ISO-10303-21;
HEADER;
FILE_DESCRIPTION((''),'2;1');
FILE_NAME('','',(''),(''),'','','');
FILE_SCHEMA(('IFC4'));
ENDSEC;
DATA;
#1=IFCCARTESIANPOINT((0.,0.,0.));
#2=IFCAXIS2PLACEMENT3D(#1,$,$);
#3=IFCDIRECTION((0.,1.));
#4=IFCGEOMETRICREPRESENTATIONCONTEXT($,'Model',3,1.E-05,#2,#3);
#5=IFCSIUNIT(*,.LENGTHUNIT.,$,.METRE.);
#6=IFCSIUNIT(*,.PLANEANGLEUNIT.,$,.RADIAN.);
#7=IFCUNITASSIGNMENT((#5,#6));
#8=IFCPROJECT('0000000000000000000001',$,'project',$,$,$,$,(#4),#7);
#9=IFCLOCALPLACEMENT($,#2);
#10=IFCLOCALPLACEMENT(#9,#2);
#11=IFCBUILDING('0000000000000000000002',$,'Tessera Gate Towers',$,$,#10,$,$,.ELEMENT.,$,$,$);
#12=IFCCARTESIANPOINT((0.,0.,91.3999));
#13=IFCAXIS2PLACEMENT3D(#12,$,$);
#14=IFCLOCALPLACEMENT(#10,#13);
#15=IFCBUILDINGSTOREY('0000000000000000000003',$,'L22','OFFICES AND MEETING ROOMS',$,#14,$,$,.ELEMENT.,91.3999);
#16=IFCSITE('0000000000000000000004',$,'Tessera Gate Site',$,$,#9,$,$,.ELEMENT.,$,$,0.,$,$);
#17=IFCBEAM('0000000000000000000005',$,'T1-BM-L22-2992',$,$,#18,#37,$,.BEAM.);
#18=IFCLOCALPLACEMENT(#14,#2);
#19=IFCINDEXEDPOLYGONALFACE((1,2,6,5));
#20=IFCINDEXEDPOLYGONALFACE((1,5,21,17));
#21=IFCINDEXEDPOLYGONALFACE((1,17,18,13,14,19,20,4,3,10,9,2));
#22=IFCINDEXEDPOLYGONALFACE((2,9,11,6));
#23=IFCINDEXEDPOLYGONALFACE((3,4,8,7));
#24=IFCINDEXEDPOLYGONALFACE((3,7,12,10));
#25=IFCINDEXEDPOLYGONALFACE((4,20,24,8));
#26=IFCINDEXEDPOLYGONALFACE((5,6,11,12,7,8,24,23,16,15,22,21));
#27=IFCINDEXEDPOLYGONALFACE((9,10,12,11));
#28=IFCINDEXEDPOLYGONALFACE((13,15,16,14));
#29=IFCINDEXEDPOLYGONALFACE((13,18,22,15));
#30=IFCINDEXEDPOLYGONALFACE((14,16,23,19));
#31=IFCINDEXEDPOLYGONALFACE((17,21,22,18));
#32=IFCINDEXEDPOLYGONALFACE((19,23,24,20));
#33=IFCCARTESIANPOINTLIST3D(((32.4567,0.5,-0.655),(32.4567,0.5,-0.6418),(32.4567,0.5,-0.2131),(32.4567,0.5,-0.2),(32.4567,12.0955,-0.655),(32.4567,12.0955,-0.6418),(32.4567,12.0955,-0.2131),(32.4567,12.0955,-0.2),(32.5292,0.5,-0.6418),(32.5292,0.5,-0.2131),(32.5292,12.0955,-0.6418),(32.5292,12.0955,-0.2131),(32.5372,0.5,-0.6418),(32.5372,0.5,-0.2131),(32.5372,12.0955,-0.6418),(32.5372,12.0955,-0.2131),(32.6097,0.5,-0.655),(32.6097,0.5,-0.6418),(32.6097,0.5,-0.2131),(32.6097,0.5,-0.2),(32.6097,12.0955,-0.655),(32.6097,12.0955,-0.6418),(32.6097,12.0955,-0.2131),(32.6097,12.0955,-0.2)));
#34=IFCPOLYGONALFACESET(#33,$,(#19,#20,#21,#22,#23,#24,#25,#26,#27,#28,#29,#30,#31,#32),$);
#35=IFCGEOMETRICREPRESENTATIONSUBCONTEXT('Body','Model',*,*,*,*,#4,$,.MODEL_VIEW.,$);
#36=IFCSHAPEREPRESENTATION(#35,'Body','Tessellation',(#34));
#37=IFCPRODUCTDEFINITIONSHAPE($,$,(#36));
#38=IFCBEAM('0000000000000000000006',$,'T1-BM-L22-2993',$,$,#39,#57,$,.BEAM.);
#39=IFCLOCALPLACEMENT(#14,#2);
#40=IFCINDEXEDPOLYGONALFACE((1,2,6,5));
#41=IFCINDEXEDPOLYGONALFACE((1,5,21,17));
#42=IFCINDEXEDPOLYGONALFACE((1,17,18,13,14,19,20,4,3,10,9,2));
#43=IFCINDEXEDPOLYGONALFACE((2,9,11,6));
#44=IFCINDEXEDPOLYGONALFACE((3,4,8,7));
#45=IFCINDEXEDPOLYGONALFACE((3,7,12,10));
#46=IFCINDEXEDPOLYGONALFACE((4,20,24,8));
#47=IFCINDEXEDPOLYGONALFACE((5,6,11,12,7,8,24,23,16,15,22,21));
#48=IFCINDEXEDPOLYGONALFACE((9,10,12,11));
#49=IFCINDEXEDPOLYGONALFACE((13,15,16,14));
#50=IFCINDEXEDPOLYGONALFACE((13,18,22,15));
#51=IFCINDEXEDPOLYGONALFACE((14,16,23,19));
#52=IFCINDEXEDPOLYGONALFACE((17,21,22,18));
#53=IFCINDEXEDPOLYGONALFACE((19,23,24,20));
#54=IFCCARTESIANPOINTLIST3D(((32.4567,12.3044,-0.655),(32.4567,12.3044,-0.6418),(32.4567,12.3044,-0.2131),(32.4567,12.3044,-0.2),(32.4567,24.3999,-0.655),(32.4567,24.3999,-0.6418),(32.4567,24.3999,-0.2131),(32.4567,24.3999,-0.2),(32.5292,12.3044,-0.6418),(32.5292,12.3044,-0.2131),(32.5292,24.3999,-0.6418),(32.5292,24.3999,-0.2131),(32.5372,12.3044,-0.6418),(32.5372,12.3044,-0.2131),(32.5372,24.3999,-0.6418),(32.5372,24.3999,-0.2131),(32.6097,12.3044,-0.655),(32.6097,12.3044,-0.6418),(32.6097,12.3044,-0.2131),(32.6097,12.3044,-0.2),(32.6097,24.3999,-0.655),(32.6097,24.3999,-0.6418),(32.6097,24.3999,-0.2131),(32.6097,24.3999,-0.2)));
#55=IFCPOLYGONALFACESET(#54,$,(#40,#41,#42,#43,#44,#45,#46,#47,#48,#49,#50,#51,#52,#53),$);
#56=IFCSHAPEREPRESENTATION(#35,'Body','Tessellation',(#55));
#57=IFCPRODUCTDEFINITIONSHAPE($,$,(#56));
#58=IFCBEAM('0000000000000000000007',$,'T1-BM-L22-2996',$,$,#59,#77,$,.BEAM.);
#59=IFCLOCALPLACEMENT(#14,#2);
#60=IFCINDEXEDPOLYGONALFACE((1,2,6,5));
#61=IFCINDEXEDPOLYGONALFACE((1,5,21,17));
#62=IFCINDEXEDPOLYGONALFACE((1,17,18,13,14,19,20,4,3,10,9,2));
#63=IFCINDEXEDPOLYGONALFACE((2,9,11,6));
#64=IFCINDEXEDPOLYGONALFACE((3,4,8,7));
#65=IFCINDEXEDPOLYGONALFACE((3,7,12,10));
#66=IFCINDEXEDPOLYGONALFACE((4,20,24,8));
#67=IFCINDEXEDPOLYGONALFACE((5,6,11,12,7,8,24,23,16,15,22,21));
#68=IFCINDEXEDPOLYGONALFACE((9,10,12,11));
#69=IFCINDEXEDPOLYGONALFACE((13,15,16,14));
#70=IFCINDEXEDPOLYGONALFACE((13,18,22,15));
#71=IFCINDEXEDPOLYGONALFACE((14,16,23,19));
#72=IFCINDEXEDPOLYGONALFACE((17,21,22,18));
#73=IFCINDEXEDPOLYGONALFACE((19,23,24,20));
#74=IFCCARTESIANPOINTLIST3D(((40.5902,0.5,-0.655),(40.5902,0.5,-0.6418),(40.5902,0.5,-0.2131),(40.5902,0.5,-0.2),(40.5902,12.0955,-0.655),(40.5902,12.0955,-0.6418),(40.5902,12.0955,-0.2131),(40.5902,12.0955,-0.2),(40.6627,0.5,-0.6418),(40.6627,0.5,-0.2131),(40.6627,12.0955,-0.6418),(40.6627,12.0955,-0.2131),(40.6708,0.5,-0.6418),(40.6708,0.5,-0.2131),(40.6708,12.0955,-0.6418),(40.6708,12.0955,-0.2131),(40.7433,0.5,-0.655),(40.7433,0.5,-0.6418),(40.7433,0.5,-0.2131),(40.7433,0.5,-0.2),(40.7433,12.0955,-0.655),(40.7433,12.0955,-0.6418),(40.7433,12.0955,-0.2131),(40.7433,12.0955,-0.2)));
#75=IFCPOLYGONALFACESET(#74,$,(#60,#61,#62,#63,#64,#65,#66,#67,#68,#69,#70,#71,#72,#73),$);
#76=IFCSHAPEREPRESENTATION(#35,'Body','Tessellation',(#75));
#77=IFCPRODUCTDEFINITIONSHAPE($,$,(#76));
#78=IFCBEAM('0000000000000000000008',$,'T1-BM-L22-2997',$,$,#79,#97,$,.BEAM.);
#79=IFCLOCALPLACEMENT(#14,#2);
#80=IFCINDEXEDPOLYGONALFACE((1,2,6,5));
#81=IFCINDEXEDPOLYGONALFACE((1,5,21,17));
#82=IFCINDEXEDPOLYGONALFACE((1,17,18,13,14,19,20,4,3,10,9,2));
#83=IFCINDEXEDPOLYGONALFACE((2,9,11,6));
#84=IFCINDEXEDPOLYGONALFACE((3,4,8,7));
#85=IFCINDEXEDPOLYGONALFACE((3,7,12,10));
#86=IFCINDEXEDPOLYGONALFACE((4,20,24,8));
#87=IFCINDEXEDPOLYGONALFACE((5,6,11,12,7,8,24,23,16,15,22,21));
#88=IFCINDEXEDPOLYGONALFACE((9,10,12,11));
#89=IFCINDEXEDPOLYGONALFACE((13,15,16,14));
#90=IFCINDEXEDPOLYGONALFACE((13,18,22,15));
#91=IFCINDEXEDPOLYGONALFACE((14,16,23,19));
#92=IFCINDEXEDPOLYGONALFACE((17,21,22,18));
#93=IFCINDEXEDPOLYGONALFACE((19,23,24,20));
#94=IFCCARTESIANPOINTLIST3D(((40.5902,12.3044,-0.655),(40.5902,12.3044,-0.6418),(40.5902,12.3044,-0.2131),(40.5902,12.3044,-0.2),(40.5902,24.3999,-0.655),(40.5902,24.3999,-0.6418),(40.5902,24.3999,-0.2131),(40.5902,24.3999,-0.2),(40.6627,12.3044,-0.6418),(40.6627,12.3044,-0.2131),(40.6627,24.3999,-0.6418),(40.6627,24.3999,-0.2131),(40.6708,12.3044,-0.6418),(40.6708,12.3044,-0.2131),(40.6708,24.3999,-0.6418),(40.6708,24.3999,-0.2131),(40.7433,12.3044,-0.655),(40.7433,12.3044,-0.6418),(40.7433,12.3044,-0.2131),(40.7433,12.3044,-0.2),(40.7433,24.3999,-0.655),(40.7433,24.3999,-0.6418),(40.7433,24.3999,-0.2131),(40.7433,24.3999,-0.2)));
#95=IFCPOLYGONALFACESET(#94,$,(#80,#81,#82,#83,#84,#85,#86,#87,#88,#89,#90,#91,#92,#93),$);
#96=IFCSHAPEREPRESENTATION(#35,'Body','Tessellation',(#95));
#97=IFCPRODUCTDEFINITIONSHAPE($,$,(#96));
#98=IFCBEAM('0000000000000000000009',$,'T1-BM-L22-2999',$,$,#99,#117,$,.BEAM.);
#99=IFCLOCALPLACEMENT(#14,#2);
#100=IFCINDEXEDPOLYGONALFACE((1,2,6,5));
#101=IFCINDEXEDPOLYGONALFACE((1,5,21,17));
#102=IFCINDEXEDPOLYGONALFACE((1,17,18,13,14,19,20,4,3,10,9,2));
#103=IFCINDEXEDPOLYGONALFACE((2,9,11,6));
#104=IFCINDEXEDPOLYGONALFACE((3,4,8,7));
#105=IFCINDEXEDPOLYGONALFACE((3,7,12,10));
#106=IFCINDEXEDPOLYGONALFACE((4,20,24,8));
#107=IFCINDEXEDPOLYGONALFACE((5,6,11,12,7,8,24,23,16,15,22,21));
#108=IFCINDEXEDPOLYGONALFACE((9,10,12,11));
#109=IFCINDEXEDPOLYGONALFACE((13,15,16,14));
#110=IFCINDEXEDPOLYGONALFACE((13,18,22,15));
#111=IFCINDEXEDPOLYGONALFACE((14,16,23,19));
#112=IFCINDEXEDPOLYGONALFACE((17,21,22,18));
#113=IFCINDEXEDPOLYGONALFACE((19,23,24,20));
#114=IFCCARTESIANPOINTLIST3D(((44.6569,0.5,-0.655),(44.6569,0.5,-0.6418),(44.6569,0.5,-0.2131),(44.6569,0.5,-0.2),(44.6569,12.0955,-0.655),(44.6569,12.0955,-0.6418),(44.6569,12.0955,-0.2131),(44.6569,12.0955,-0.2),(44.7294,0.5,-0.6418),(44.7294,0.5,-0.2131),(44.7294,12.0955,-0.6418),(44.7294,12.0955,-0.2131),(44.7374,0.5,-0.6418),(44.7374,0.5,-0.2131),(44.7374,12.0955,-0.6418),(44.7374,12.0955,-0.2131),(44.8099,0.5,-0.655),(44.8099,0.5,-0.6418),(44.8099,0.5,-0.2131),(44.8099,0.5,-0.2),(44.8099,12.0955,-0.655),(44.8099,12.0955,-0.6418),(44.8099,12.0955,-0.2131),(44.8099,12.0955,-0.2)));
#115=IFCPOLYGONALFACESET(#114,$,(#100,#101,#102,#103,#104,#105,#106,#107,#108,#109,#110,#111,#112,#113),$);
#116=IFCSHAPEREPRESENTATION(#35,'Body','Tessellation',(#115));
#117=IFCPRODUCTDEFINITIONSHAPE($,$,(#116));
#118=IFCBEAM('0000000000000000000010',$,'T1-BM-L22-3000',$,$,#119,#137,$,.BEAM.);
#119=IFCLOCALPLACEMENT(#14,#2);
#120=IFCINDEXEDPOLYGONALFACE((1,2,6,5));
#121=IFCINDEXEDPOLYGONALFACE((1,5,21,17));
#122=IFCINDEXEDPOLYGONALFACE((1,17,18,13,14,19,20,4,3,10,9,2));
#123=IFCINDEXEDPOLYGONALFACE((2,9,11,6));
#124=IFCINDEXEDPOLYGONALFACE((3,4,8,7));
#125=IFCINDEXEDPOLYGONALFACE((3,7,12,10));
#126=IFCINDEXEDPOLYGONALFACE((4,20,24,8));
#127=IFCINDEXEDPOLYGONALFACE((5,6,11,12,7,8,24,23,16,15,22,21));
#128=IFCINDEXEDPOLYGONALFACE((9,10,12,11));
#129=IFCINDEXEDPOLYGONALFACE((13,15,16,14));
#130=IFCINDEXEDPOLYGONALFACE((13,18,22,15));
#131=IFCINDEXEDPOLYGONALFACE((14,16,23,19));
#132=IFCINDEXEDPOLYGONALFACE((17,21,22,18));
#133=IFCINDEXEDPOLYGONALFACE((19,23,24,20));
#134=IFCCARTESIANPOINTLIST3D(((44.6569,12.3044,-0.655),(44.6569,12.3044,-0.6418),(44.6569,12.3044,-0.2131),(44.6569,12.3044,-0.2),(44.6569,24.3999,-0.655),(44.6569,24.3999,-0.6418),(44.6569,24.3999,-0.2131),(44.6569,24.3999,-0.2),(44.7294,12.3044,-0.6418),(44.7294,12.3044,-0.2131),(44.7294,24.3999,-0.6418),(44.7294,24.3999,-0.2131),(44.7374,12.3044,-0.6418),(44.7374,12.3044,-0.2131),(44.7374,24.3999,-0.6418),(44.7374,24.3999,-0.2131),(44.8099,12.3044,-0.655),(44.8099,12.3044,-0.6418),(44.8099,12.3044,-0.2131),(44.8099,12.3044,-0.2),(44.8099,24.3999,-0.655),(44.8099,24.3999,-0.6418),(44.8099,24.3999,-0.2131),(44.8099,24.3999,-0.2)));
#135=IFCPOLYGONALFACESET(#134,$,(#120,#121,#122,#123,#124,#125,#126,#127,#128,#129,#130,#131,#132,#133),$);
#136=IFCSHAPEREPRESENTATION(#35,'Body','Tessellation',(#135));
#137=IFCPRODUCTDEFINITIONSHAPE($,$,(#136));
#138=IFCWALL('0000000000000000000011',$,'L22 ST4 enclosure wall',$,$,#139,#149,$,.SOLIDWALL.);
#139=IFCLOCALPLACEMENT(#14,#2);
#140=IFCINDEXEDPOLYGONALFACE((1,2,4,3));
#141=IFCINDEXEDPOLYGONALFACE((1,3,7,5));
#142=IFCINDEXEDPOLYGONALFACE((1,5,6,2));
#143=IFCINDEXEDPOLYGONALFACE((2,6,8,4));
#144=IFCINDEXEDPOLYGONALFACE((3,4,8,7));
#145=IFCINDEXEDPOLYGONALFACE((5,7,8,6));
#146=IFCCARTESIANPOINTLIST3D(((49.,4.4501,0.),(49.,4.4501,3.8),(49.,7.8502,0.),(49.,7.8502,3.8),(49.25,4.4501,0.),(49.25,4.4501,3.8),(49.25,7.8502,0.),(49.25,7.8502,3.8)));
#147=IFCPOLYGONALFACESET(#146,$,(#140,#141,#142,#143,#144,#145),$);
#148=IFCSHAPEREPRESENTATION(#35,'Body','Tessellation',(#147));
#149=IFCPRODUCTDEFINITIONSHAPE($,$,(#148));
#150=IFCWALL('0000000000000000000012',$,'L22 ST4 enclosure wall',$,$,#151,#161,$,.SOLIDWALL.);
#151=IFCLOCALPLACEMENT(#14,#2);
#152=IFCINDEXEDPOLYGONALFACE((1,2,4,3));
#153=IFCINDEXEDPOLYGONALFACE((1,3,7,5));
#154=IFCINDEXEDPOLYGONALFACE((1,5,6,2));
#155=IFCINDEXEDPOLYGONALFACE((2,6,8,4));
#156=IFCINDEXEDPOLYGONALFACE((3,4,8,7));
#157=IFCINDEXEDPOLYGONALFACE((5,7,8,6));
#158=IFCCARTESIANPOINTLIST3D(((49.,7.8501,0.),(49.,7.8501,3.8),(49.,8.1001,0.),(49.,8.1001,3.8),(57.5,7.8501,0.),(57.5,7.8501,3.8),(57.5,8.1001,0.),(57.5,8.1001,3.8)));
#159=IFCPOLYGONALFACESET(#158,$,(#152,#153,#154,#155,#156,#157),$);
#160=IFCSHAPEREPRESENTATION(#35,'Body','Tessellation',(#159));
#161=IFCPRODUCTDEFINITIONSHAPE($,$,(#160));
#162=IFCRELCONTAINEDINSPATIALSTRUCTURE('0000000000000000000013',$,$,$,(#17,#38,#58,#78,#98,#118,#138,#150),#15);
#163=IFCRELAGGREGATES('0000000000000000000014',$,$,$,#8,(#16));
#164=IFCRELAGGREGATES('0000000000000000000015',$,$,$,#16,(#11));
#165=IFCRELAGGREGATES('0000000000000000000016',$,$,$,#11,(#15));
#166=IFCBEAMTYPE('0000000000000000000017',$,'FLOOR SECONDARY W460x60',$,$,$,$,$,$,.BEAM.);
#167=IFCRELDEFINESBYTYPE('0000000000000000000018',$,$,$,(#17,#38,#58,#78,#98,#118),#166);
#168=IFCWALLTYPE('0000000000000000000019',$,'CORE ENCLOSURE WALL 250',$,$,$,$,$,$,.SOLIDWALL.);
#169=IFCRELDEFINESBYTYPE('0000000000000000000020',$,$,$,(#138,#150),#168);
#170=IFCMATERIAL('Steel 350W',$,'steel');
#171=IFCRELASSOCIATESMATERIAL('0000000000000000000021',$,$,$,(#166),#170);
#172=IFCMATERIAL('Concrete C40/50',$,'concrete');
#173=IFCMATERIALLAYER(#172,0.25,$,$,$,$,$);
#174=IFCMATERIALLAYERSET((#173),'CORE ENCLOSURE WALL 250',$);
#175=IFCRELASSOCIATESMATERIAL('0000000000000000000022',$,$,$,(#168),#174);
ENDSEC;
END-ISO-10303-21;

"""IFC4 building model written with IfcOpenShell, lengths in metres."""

from ifc_helpers import new_model, si_unit, direction, frame, frame_2d, origin, origin_2d, place, context, subcontext, project, spatial, rectangle, i_section, extrude, material, layer, layer_set, material_profile, profile_set, type_object, element, save


model = new_model("IFC4")

# Units and contexts
model_context = context("Model", 3, precision=1e-05, world=origin(), true_north=direction((0.0, 1.0)))
body_context = subcontext(model_context, "Body", "Model", "MODEL_VIEW")
ifc_project = project(units=[si_unit("LENGTHUNIT", "METRE"), si_unit("PLANEANGLEUNIT", "RADIAN")], contexts=[model_context])

# Site, building, storey
site_placement = place(None, origin())
site = spatial("IfcSite", under=ifc_project, at=site_placement, Name="Tessera Gate Site", CompositionType="ELEMENT", RefElevation=0.0)
building_placement = place(site_placement, origin())
building = spatial("IfcBuilding", under=site, at=building_placement, Name="Tessera Gate Towers", CompositionType="ELEMENT")
storey_placement = place(building_placement, frame((0.0, 0.0, 91.3999)))
storey = spatial("IfcBuildingStorey", under=building, at=storey_placement, Name="L22", Description="OFFICES AND MEETING ROOMS", CompositionType="ELEMENT", Elevation=91.3999)

# Beams
ifc_material_1 = material(Name="Steel 350W", Category="steel")
ifc_material_profile_1 = material_profile(ifc_material_1, i_section(OverallWidth=0.1531, OverallDepth=0.4551, WebThickness=0.0081, FlangeThickness=0.0132, at=origin_2d()), Name="W460x60")
ifc_profile_set_1 = profile_set([ifc_material_profile_1], Name="Steel 350W")
beam_type_1 = type_object("IfcBeamType", Name="FLOOR SECONDARY W460x60", PredefinedType="BEAM", material=ifc_profile_set_1)
beam_1_placement = place(storey_placement, frame((32.5332, 0.5, -0.4275), z_axis=(0.0, 1.0, 0.0), x_axis=(-1.0, 0.0, 0.0)))
element("IfcBeam", 1, at=beam_1_placement, inside=storey, type_object=beam_type_1, Name="T1-BM-L22-2992", PredefinedType="BEAM", context=body_context, shape_type="SweptSolid", body=[
    extrude(i_section(OverallWidth=0.1531, OverallDepth=0.4551, WebThickness=0.0081, FlangeThickness=0.0132, at=origin_2d()), origin(), (0.0, 0.0, 1.0), 11.5955),
])
beam_2_placement = place(storey_placement, frame((32.5332, 12.3044, -0.4275), z_axis=(0.0, 1.0, 0.0), x_axis=(-1.0, 0.0, 0.0)))
element("IfcBeam", 2, at=beam_2_placement, inside=storey, type_object=beam_type_1, Name="T1-BM-L22-2993", PredefinedType="BEAM", context=body_context, shape_type="SweptSolid", body=[
    extrude(i_section(OverallWidth=0.1531, OverallDepth=0.4551, WebThickness=0.0081, FlangeThickness=0.0132, at=origin_2d()), origin(), (0.0, 0.0, 1.0), 12.0955),
])
beam_3_placement = place(storey_placement, frame((40.6667, 0.5, -0.4275), z_axis=(0.0, 1.0, 0.0), x_axis=(-1.0, 0.0, 0.0)))
element("IfcBeam", 3, at=beam_3_placement, inside=storey, type_object=beam_type_1, Name="T1-BM-L22-2996", PredefinedType="BEAM", context=body_context, shape_type="SweptSolid", body=[
    extrude(i_section(OverallWidth=0.1531, OverallDepth=0.4551, WebThickness=0.0081, FlangeThickness=0.0132, at=origin_2d()), origin(), (0.0, 0.0, 1.0), 11.5955),
])
beam_4_placement = place(storey_placement, frame((40.6667, 12.3044, -0.4275), z_axis=(0.0, 1.0, 0.0), x_axis=(-1.0, 0.0, 0.0)))
element("IfcBeam", 4, at=beam_4_placement, inside=storey, type_object=beam_type_1, Name="T1-BM-L22-2997", PredefinedType="BEAM", context=body_context, shape_type="SweptSolid", body=[
    extrude(i_section(OverallWidth=0.1531, OverallDepth=0.4551, WebThickness=0.0081, FlangeThickness=0.0132, at=origin_2d()), origin(), (0.0, 0.0, 1.0), 12.0955),
])
beam_5_placement = place(storey_placement, frame((44.7334, 0.5, -0.4275), z_axis=(0.0, 1.0, 0.0), x_axis=(-1.0, 0.0, 0.0)))
element("IfcBeam", 5, at=beam_5_placement, inside=storey, type_object=beam_type_1, Name="T1-BM-L22-2999", PredefinedType="BEAM", context=body_context, shape_type="SweptSolid", body=[
    extrude(i_section(OverallWidth=0.1531, OverallDepth=0.4551, WebThickness=0.0081, FlangeThickness=0.0132, at=origin_2d()), origin(), (0.0, 0.0, 1.0), 11.5955),
])
beam_6_placement = place(storey_placement, frame((44.7334, 12.3044, -0.4275), z_axis=(0.0, 1.0, 0.0), x_axis=(-1.0, 0.0, 0.0)))
element("IfcBeam", 6, at=beam_6_placement, inside=storey, type_object=beam_type_1, Name="T1-BM-L22-3000", PredefinedType="BEAM", context=body_context, shape_type="SweptSolid", body=[
    extrude(i_section(OverallWidth=0.1531, OverallDepth=0.4551, WebThickness=0.0081, FlangeThickness=0.0132, at=origin_2d()), origin(), (0.0, 0.0, 1.0), 12.0955),
])

# Walls
ifc_material_2 = material(Name="Concrete C40/50", Category="concrete")
ifc_layer_1 = layer(ifc_material_2, 0.25)
ifc_layer_set_1 = layer_set([ifc_layer_1], Name="CORE ENCLOSURE WALL 250")
wall_type_1 = type_object("IfcWallType", Name="CORE ENCLOSURE WALL 250", PredefinedType="SOLIDWALL", material=ifc_layer_set_1)
wall_1_placement = place(storey_placement, frame((49.125, 4.45, 0.0), z_axis=(0.0, 0.0, 1.0), x_axis=(0.0, 1.0, 0.0)))
element("IfcWall", 7, at=wall_1_placement, inside=storey, type_object=wall_type_1, Name="L22 ST4 enclosure wall", PredefinedType="SOLIDWALL", context=body_context, shape_type="SweptSolid", body=[
    extrude(rectangle(XDim=3.4001, YDim=0.25, at=frame_2d((1.7002, 0.0))), origin(), (0.0, 0.0, 1.0), 3.8),
])
wall_2_placement = place(storey_placement, frame((49.0, 7.9751, 0.0), z_axis=(0.0, 0.0, 1.0), x_axis=(1.0, 0.0, 0.0)))
element("IfcWall", 8, at=wall_2_placement, inside=storey, type_object=wall_type_1, Name="L22 ST4 enclosure wall", PredefinedType="SOLIDWALL", context=body_context, shape_type="SweptSolid", body=[
    extrude(rectangle(XDim=8.5, YDim=0.25, at=frame_2d((4.25, 0.0))), origin(), (0.0, 0.0, 1.0), 3.8),
])

save(model, "model.ifc")
